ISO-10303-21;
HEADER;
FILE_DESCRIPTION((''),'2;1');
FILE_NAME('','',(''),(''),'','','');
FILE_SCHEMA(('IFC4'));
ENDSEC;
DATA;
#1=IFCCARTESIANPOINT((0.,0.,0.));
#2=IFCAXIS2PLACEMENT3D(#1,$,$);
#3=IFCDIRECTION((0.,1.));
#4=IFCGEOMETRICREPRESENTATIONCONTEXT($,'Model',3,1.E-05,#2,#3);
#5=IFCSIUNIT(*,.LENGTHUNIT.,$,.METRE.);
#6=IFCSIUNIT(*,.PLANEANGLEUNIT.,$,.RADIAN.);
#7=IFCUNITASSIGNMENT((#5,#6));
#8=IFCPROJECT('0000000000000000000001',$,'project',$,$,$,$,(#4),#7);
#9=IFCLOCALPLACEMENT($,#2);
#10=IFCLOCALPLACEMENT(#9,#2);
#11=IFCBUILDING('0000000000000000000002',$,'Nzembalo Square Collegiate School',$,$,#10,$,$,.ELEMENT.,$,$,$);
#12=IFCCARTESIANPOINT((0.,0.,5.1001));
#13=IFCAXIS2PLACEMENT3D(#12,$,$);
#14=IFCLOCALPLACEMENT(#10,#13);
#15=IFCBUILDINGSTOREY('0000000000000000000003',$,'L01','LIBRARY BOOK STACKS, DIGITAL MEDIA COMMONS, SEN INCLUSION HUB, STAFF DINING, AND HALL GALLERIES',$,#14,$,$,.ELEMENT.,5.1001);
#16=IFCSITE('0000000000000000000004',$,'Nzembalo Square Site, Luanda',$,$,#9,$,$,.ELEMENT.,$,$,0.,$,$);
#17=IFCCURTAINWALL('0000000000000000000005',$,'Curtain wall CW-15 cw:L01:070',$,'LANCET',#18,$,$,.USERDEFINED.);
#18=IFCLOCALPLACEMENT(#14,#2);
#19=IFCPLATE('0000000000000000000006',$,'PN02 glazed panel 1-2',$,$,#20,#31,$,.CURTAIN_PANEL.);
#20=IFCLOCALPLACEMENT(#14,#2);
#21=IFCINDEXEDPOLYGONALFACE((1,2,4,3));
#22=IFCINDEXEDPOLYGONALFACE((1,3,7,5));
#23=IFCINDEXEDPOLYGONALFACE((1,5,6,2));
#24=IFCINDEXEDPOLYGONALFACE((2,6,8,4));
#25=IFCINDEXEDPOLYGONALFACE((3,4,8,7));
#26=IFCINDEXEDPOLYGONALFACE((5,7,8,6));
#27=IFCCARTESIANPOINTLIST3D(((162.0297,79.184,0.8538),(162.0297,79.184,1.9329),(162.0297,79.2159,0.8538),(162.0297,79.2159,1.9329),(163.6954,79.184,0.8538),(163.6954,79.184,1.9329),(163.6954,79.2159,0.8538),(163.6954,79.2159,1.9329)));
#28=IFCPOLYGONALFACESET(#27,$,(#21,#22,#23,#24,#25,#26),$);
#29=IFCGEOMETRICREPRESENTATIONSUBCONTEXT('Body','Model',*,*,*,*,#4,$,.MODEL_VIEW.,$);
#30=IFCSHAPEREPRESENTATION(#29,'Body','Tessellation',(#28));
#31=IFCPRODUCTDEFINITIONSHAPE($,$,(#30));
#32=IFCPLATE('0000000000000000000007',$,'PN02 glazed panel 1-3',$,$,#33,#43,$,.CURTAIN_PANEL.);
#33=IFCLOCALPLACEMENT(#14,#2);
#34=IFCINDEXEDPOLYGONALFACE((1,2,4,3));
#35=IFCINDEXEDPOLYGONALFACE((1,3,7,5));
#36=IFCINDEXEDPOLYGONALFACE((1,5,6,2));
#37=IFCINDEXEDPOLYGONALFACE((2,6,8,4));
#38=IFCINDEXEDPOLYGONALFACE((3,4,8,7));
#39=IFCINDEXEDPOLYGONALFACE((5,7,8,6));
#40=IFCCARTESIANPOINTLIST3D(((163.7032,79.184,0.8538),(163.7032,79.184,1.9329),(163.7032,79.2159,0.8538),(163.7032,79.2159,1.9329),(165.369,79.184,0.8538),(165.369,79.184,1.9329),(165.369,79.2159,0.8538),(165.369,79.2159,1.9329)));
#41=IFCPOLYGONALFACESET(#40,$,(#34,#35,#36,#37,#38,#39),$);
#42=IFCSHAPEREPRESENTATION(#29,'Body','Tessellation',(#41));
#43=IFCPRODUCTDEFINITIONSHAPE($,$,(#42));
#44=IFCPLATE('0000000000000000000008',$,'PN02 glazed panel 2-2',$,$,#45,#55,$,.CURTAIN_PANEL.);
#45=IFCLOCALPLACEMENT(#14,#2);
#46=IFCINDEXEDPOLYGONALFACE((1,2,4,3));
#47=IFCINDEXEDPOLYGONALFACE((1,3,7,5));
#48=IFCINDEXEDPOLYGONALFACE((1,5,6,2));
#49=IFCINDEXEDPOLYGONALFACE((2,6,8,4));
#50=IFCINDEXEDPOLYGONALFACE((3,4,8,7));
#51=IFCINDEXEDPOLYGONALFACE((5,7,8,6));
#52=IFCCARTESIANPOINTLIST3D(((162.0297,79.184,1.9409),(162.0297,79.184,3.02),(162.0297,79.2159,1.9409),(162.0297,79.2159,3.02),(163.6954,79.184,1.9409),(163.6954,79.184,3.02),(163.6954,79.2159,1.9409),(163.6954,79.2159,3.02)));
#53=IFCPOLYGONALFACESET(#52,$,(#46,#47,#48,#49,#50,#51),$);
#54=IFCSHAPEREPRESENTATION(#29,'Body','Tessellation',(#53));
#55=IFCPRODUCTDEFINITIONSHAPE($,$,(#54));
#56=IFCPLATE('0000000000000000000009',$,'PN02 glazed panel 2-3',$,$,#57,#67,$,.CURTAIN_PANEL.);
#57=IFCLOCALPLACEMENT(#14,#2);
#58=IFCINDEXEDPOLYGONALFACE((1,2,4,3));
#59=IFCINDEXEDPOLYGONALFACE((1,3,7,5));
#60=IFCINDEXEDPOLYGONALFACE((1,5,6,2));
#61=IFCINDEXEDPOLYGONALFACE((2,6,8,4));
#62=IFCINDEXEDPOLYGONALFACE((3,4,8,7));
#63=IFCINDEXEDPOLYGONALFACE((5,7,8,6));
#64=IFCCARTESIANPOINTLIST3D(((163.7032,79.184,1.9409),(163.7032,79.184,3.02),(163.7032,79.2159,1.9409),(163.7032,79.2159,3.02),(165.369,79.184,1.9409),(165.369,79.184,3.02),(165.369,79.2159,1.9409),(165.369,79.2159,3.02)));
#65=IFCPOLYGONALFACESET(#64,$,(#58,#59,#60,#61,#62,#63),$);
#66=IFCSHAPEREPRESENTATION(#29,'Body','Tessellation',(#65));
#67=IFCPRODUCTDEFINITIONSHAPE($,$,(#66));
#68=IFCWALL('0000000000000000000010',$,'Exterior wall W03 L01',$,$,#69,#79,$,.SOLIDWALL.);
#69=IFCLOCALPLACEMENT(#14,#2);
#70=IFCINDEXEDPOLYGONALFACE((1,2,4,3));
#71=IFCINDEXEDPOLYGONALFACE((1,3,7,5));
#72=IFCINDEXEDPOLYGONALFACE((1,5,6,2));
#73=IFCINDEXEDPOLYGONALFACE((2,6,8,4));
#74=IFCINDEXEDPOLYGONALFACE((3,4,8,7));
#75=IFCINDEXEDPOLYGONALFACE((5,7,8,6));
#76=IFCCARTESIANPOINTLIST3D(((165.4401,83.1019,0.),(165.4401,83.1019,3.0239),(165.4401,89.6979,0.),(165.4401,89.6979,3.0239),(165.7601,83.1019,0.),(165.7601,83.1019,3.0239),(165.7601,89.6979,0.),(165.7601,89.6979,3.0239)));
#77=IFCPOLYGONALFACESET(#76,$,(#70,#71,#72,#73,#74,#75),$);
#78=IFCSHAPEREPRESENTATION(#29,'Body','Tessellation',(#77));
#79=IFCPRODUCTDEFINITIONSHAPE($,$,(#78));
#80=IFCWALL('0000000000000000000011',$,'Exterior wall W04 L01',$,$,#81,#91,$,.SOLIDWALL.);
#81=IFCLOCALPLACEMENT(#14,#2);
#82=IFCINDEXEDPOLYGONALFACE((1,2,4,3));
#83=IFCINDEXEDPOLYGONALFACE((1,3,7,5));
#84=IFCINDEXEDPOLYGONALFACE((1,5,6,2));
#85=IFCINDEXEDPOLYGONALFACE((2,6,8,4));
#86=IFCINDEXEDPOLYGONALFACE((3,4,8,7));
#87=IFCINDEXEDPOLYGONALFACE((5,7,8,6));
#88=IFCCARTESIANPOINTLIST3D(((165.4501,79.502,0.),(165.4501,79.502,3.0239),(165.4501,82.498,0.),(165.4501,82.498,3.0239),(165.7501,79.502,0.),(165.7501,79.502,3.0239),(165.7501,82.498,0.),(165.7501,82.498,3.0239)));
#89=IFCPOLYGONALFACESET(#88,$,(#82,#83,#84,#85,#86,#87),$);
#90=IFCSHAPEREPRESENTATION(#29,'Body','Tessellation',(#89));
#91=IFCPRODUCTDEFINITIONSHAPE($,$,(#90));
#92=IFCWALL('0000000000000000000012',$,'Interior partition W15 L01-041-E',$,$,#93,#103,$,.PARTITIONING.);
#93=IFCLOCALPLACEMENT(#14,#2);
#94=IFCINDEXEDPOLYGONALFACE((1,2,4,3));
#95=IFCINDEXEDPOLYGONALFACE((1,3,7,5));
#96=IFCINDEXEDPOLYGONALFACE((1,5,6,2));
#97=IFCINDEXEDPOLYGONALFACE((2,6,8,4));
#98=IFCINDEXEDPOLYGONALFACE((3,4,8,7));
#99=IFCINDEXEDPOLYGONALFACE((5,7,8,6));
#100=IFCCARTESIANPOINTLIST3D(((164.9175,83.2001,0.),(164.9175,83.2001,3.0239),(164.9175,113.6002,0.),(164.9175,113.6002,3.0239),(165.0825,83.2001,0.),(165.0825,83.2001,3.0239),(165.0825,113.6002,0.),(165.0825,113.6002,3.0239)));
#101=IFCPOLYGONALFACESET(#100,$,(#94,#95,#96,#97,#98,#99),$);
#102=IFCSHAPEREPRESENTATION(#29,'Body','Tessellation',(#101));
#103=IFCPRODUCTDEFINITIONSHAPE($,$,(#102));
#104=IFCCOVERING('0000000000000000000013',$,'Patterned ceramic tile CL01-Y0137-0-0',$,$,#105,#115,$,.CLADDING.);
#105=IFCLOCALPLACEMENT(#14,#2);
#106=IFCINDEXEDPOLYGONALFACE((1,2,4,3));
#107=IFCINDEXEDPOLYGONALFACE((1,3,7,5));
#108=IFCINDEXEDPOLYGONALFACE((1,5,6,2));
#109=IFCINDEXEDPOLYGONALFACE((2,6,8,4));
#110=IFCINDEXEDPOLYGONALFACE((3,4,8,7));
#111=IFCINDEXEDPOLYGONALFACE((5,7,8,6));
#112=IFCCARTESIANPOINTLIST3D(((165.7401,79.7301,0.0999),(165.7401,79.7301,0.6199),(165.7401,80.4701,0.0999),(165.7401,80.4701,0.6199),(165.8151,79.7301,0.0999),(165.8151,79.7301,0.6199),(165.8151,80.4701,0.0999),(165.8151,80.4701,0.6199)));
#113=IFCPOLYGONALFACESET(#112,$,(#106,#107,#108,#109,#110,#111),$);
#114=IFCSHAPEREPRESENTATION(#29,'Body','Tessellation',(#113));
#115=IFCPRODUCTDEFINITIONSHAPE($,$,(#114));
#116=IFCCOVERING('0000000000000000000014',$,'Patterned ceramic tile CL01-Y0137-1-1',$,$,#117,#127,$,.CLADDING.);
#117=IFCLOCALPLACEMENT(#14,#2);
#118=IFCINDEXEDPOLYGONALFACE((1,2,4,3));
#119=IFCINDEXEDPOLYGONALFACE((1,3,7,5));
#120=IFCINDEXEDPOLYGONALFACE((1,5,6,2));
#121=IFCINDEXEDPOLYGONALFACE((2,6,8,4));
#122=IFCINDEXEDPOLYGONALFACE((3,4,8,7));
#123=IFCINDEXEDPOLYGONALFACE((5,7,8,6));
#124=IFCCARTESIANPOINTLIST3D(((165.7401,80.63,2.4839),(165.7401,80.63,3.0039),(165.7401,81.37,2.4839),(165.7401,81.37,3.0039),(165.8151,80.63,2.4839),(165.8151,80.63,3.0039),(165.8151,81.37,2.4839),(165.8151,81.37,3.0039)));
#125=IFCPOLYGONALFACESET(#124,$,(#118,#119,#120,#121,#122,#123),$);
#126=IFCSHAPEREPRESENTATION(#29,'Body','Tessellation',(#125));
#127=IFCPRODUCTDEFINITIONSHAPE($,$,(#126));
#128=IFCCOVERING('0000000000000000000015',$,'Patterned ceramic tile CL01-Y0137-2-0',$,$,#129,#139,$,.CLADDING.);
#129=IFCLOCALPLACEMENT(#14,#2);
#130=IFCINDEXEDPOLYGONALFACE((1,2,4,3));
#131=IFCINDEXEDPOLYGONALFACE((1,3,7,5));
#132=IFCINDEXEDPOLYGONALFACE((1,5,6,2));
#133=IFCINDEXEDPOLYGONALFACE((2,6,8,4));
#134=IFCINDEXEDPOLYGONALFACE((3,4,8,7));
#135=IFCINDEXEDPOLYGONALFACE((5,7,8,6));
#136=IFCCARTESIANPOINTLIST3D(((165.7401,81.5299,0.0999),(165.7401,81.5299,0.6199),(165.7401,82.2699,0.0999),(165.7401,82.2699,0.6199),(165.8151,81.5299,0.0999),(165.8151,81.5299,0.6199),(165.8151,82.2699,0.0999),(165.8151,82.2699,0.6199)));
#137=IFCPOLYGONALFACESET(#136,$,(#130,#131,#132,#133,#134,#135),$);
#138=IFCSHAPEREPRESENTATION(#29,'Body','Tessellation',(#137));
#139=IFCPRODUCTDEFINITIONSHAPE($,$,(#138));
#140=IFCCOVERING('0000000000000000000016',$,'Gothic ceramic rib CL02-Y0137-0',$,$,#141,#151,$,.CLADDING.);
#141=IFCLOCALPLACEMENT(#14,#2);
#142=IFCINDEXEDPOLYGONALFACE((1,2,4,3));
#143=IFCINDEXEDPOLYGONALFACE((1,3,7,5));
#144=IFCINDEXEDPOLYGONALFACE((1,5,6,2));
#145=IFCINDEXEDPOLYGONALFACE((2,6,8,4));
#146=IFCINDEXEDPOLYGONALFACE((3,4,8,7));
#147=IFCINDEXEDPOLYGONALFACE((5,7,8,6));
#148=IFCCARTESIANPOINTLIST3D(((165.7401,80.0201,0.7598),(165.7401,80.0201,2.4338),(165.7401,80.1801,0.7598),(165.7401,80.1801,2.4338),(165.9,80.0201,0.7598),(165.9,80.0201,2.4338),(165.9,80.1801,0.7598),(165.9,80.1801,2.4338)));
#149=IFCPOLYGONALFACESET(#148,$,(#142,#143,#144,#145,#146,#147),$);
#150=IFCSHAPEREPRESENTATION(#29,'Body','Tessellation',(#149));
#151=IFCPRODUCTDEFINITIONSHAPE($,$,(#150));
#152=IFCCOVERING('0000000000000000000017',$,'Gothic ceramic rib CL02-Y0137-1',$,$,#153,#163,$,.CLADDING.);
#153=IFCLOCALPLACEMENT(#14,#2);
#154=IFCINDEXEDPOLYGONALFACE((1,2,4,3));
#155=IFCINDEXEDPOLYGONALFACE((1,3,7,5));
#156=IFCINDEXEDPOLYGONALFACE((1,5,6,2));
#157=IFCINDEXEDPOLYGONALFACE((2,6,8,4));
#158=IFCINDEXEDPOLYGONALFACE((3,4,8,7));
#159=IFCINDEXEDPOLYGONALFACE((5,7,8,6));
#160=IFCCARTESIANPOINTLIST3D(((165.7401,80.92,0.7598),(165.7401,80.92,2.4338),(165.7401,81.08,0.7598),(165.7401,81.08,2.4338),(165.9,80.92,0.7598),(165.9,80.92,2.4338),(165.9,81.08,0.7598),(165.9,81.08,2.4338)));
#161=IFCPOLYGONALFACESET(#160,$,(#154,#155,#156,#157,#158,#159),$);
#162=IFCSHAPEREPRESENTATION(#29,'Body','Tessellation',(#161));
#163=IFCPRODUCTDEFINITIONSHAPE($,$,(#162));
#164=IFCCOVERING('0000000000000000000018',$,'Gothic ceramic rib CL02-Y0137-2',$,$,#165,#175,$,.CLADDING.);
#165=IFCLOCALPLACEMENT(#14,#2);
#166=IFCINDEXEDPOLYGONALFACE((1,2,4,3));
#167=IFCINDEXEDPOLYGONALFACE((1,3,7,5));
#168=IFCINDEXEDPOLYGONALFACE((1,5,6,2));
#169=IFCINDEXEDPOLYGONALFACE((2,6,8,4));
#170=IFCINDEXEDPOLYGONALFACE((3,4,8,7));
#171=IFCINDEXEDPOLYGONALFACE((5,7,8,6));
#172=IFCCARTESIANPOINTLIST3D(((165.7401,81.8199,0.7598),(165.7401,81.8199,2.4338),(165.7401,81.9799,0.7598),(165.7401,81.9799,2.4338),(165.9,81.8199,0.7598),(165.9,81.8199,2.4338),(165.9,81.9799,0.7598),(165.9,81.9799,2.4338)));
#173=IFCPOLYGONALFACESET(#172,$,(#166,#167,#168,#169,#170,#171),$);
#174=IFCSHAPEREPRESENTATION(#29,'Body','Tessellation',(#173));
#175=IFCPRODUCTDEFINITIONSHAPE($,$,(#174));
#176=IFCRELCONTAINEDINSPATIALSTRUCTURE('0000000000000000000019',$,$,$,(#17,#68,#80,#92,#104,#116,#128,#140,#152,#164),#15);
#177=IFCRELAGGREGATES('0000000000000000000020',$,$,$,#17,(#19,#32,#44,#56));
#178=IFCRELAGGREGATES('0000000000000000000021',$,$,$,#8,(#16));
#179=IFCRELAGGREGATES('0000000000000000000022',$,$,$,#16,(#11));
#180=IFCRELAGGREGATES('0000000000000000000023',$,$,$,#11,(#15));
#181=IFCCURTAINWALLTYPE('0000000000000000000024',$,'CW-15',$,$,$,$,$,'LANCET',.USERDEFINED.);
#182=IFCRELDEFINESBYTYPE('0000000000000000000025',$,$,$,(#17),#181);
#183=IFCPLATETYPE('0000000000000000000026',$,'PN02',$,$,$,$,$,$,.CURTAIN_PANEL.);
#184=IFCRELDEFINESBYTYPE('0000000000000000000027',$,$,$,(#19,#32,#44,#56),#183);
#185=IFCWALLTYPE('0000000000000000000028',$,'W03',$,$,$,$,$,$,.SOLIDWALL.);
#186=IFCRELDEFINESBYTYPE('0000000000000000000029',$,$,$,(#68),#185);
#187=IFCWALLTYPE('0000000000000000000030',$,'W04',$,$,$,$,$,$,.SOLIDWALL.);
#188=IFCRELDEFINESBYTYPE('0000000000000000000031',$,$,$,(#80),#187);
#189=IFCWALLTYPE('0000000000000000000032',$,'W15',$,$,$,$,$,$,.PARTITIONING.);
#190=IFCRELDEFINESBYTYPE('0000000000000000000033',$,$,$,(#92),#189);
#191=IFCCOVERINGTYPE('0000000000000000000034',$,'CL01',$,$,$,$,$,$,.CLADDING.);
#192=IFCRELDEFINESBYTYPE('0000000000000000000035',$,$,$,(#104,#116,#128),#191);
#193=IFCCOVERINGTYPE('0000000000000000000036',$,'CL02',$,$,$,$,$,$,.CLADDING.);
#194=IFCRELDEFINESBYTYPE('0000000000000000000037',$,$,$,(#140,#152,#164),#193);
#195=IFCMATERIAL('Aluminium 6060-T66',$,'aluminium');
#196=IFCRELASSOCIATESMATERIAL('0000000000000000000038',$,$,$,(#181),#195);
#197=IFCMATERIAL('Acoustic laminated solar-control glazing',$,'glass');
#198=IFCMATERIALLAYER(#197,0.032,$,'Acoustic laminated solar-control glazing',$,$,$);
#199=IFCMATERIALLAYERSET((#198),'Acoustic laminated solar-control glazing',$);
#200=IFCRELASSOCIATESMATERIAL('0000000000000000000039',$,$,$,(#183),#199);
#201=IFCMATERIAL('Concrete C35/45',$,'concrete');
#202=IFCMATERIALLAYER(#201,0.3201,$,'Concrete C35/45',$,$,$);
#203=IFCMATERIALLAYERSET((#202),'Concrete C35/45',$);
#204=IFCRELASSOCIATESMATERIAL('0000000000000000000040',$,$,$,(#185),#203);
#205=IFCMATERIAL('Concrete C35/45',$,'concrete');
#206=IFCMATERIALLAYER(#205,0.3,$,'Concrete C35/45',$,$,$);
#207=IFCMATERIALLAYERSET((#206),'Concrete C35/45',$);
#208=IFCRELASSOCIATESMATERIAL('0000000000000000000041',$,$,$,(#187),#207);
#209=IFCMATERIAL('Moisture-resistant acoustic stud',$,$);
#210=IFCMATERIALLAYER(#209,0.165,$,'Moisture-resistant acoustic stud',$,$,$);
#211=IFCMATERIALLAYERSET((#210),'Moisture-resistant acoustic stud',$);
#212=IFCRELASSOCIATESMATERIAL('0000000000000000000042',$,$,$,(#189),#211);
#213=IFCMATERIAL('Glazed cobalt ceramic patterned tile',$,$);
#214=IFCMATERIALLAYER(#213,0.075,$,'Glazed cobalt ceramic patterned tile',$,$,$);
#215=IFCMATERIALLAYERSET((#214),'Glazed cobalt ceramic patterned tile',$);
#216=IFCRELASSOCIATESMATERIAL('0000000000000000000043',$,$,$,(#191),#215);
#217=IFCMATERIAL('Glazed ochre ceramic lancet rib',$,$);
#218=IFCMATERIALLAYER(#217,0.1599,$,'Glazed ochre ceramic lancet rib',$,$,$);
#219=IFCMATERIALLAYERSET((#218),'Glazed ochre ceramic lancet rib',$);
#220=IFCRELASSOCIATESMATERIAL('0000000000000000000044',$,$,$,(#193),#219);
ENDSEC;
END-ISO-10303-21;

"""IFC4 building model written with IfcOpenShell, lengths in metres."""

from ifc_helpers import new_model, si_unit, direction, frame, frame_2d, origin, origin_2d, place, context, subcontext, project, spatial, rectangle, extrude, material, layer, layer_set, type_object, element, aggregate, save


model = new_model("IFC4")

# Units and contexts
model_context = context("Model", 3, precision=1e-05, world=origin(), true_north=direction((0.0, 1.0)))
body_context = subcontext(model_context, "Body", "Model", "MODEL_VIEW")
ifc_project = project(units=[si_unit("LENGTHUNIT", "METRE"), si_unit("PLANEANGLEUNIT", "RADIAN")], contexts=[model_context])

# Site, building, storey
site_placement = place(None, origin())
site = spatial("IfcSite", under=ifc_project, at=site_placement, Name="Nzembalo Square Site, Luanda", CompositionType="ELEMENT", RefElevation=0.0)
building_placement = place(site_placement, origin())
building = spatial("IfcBuilding", under=site, at=building_placement, Name="Nzembalo Square Collegiate School", CompositionType="ELEMENT")
storey_placement = place(building_placement, frame((0.0, 0.0, 5.1001)))
storey = spatial("IfcBuildingStorey", under=building, at=storey_placement, Name="L01", Description="LIBRARY BOOK STACKS, DIGITAL MEDIA COMMONS, SEN INCLUSION HUB, STAFF DINING, AND HALL GALLERIES", CompositionType="ELEMENT", Elevation=5.1001)

# Curtain wall, plates
ifc_material_1 = material(Name="Aluminium 6060-T66", Category="aluminium")
curtain_wall_type = type_object("IfcCurtainWallType", Name="CW-15", ElementType="LANCET", PredefinedType="USERDEFINED", material=ifc_material_1)
curtain_wall_placement = place(storey_placement, origin())
curtain_wall = element("IfcCurtainWall", 1, at=curtain_wall_placement, inside=storey, type_object=curtain_wall_type, Name="Curtain wall CW-15 cw:L01:070", ObjectType="LANCET", PredefinedType="USERDEFINED")
ifc_material_2 = material(Name="Acoustic laminated solar-control glazing", Category="glass")
ifc_layer_1 = layer(ifc_material_2, 0.032, Name="Acoustic laminated solar-control glazing")
ifc_layer_set_1 = layer_set([ifc_layer_1], Name="Acoustic laminated solar-control glazing")
plate_type = type_object("IfcPlateType", Name="PN02", PredefinedType="CURTAIN_PANEL", material=ifc_layer_set_1)
plate_1_placement = place(storey_placement, frame((162.8625, 79.2, 0.8538), z_axis=(0.0, 0.0, 1.0), x_axis=(1.0, 0.0, 0.0)))
plate_1 = element("IfcPlate", 2, at=plate_1_placement, type_object=plate_type, Name="PN02 glazed panel 1-2", PredefinedType="CURTAIN_PANEL", context=body_context, shape_type="SweptSolid", body=[
    extrude(rectangle(XDim=1.6658, YDim=0.032, at=origin_2d()), origin(), (0.0, 0.0, 1.0), 1.0791),
])
plate_2_placement = place(storey_placement, frame((164.5361, 79.2, 0.8538), z_axis=(0.0, 0.0, 1.0), x_axis=(1.0, 0.0, 0.0)))
plate_2 = element("IfcPlate", 3, at=plate_2_placement, type_object=plate_type, Name="PN02 glazed panel 1-3", PredefinedType="CURTAIN_PANEL", context=body_context, shape_type="SweptSolid", body=[
    extrude(rectangle(XDim=1.6658, YDim=0.032, at=origin_2d()), origin(), (0.0, 0.0, 1.0), 1.0791),
])
plate_3_placement = place(storey_placement, frame((162.8625, 79.2, 1.9409), z_axis=(0.0, 0.0, 1.0), x_axis=(1.0, 0.0, 0.0)))
plate_3 = element("IfcPlate", 4, at=plate_3_placement, type_object=plate_type, Name="PN02 glazed panel 2-2", PredefinedType="CURTAIN_PANEL", context=body_context, shape_type="SweptSolid", body=[
    extrude(rectangle(XDim=1.6658, YDim=0.032, at=origin_2d()), origin(), (0.0, 0.0, 1.0), 1.0791),
])
plate_4_placement = place(storey_placement, frame((164.5361, 79.2, 1.9409), z_axis=(0.0, 0.0, 1.0), x_axis=(1.0, 0.0, 0.0)))
plate_4 = element("IfcPlate", 5, at=plate_4_placement, type_object=plate_type, Name="PN02 glazed panel 2-3", PredefinedType="CURTAIN_PANEL", context=body_context, shape_type="SweptSolid", body=[
    extrude(rectangle(XDim=1.6658, YDim=0.032, at=origin_2d()), origin(), (0.0, 0.0, 1.0), 1.0791),
])
aggregate(curtain_wall, [plate_1, plate_2, plate_3, plate_4])

# Walls
ifc_material_3 = material(Name="Concrete C35/45", Category="concrete")
ifc_layer_2 = layer(ifc_material_3, 0.3201, Name="Concrete C35/45")
ifc_layer_set_2 = layer_set([ifc_layer_2], Name="Concrete C35/45")
wall_type_1 = type_object("IfcWallType", Name="W03", PredefinedType="SOLIDWALL", material=ifc_layer_set_2)
wall_1_placement = place(storey_placement, frame((165.6001, 83.1021, 0.0), z_axis=(0.0, 0.0, 1.0), x_axis=(0.0, 1.0, 0.0)))
element("IfcWall", 6, at=wall_1_placement, inside=storey, type_object=wall_type_1, Name="Exterior wall W03 L01", PredefinedType="SOLIDWALL", context=body_context, shape_type="SweptSolid", body=[
    extrude(rectangle(XDim=6.5959, YDim=0.3201, at=frame_2d((3.2979, 0.0))), origin(), (0.0, 0.0, 1.0), 3.0239),
])
ifc_material_4 = material(Name="Concrete C35/45", Category="concrete")
ifc_layer_3 = layer(ifc_material_4, 0.3, Name="Concrete C35/45")
ifc_layer_set_3 = layer_set([ifc_layer_3], Name="Concrete C35/45")
wall_type_2 = type_object("IfcWallType", Name="W04", PredefinedType="SOLIDWALL", material=ifc_layer_set_3)
wall_2_placement = place(storey_placement, frame((165.6001, 79.502, 0.0), z_axis=(0.0, 0.0, 1.0), x_axis=(0.0, 1.0, 0.0)))
element("IfcWall", 7, at=wall_2_placement, inside=storey, type_object=wall_type_2, Name="Exterior wall W04 L01", PredefinedType="SOLIDWALL", context=body_context, shape_type="SweptSolid", body=[
    extrude(rectangle(XDim=2.9961, YDim=0.3, at=frame_2d((1.498, 0.0))), origin(), (0.0, 0.0, 1.0), 3.0239),
])
ifc_material_5 = material(Name="Moisture-resistant acoustic stud")
ifc_layer_4 = layer(ifc_material_5, 0.165, Name="Moisture-resistant acoustic stud")
ifc_layer_set_4 = layer_set([ifc_layer_4], Name="Moisture-resistant acoustic stud")
wall_type_3 = type_object("IfcWallType", Name="W15", PredefinedType="PARTITIONING", material=ifc_layer_set_4)
wall_3_placement = place(storey_placement, frame((165.0, 83.2, 0.0), z_axis=(0.0, 0.0, 1.0), x_axis=(0.0, 1.0, 0.0)))
element("IfcWall", 8, at=wall_3_placement, inside=storey, type_object=wall_type_3, Name="Interior partition W15 L01-041-E", PredefinedType="PARTITIONING", context=body_context, shape_type="SweptSolid", body=[
    extrude(rectangle(XDim=30.4001, YDim=0.165, at=frame_2d((15.2002, 0.0))), origin(), (0.0, 0.0, 1.0), 3.0239),
])

# Coverings
ifc_material_6 = material(Name="Glazed cobalt ceramic patterned tile")
ifc_layer_5 = layer(ifc_material_6, 0.075, Name="Glazed cobalt ceramic patterned tile")
ifc_layer_set_5 = layer_set([ifc_layer_5], Name="Glazed cobalt ceramic patterned tile")
covering_type_1 = type_object("IfcCoveringType", Name="CL01", PredefinedType="CLADDING", material=ifc_layer_set_5)
for number, where, z_axis, x_axis, name in (
    (9, (165.7776, 80.1001, 0.0999), (0.0, 0.0, 1.0), (1.0, 0.0, 0.0), "Patterned ceramic tile CL01-Y0137-0-0"),
    (10, (165.7776, 81.0, 2.4839), (0.0, 0.0, 1.0), (1.0, 0.0, 0.0), "Patterned ceramic tile CL01-Y0137-1-1"),
    (11, (165.7776, 81.8999, 0.0999), (0.0, 0.0, 1.0), (1.0, 0.0, 0.0), "Patterned ceramic tile CL01-Y0137-2-0"),
):
    element("IfcCovering", number, at=place(storey_placement, frame(where, z_axis=z_axis, x_axis=x_axis)), inside=storey, type_object=covering_type_1, Name=name, PredefinedType="CLADDING", context=body_context, shape_type="SweptSolid", body=[
        extrude(rectangle(XDim=0.075, YDim=0.74, at=origin_2d()), origin(), (0.0, 0.0, 1.0), 0.52),
    ])
ifc_material_7 = material(Name="Glazed ochre ceramic lancet rib")
ifc_layer_6 = layer(ifc_material_7, 0.1599, Name="Glazed ochre ceramic lancet rib")
ifc_layer_set_6 = layer_set([ifc_layer_6], Name="Glazed ochre ceramic lancet rib")
covering_type_2 = type_object("IfcCoveringType", Name="CL02", PredefinedType="CLADDING", material=ifc_layer_set_6)
for number, where, z_axis, x_axis, name in (
    (12, (165.8201, 80.1001, 0.7598), (0.0, 0.0, 1.0), (1.0, 0.0, 0.0), "Gothic ceramic rib CL02-Y0137-0"),
    (13, (165.8201, 81.0, 0.7598), (0.0, 0.0, 1.0), (1.0, 0.0, 0.0), "Gothic ceramic rib CL02-Y0137-1"),
    (14, (165.8201, 81.8999, 0.7598), (0.0, 0.0, 1.0), (1.0, 0.0, 0.0), "Gothic ceramic rib CL02-Y0137-2"),
):
    element("IfcCovering", number, at=place(storey_placement, frame(where, z_axis=z_axis, x_axis=x_axis)), inside=storey, type_object=covering_type_2, Name=name, PredefinedType="CLADDING", context=body_context, shape_type="SweptSolid", body=[
        extrude(rectangle(XDim=0.1599, YDim=0.1599, at=origin_2d()), origin(), (0.0, 0.0, 1.0), 1.6741),
    ])

save(model, "model.ifc")
